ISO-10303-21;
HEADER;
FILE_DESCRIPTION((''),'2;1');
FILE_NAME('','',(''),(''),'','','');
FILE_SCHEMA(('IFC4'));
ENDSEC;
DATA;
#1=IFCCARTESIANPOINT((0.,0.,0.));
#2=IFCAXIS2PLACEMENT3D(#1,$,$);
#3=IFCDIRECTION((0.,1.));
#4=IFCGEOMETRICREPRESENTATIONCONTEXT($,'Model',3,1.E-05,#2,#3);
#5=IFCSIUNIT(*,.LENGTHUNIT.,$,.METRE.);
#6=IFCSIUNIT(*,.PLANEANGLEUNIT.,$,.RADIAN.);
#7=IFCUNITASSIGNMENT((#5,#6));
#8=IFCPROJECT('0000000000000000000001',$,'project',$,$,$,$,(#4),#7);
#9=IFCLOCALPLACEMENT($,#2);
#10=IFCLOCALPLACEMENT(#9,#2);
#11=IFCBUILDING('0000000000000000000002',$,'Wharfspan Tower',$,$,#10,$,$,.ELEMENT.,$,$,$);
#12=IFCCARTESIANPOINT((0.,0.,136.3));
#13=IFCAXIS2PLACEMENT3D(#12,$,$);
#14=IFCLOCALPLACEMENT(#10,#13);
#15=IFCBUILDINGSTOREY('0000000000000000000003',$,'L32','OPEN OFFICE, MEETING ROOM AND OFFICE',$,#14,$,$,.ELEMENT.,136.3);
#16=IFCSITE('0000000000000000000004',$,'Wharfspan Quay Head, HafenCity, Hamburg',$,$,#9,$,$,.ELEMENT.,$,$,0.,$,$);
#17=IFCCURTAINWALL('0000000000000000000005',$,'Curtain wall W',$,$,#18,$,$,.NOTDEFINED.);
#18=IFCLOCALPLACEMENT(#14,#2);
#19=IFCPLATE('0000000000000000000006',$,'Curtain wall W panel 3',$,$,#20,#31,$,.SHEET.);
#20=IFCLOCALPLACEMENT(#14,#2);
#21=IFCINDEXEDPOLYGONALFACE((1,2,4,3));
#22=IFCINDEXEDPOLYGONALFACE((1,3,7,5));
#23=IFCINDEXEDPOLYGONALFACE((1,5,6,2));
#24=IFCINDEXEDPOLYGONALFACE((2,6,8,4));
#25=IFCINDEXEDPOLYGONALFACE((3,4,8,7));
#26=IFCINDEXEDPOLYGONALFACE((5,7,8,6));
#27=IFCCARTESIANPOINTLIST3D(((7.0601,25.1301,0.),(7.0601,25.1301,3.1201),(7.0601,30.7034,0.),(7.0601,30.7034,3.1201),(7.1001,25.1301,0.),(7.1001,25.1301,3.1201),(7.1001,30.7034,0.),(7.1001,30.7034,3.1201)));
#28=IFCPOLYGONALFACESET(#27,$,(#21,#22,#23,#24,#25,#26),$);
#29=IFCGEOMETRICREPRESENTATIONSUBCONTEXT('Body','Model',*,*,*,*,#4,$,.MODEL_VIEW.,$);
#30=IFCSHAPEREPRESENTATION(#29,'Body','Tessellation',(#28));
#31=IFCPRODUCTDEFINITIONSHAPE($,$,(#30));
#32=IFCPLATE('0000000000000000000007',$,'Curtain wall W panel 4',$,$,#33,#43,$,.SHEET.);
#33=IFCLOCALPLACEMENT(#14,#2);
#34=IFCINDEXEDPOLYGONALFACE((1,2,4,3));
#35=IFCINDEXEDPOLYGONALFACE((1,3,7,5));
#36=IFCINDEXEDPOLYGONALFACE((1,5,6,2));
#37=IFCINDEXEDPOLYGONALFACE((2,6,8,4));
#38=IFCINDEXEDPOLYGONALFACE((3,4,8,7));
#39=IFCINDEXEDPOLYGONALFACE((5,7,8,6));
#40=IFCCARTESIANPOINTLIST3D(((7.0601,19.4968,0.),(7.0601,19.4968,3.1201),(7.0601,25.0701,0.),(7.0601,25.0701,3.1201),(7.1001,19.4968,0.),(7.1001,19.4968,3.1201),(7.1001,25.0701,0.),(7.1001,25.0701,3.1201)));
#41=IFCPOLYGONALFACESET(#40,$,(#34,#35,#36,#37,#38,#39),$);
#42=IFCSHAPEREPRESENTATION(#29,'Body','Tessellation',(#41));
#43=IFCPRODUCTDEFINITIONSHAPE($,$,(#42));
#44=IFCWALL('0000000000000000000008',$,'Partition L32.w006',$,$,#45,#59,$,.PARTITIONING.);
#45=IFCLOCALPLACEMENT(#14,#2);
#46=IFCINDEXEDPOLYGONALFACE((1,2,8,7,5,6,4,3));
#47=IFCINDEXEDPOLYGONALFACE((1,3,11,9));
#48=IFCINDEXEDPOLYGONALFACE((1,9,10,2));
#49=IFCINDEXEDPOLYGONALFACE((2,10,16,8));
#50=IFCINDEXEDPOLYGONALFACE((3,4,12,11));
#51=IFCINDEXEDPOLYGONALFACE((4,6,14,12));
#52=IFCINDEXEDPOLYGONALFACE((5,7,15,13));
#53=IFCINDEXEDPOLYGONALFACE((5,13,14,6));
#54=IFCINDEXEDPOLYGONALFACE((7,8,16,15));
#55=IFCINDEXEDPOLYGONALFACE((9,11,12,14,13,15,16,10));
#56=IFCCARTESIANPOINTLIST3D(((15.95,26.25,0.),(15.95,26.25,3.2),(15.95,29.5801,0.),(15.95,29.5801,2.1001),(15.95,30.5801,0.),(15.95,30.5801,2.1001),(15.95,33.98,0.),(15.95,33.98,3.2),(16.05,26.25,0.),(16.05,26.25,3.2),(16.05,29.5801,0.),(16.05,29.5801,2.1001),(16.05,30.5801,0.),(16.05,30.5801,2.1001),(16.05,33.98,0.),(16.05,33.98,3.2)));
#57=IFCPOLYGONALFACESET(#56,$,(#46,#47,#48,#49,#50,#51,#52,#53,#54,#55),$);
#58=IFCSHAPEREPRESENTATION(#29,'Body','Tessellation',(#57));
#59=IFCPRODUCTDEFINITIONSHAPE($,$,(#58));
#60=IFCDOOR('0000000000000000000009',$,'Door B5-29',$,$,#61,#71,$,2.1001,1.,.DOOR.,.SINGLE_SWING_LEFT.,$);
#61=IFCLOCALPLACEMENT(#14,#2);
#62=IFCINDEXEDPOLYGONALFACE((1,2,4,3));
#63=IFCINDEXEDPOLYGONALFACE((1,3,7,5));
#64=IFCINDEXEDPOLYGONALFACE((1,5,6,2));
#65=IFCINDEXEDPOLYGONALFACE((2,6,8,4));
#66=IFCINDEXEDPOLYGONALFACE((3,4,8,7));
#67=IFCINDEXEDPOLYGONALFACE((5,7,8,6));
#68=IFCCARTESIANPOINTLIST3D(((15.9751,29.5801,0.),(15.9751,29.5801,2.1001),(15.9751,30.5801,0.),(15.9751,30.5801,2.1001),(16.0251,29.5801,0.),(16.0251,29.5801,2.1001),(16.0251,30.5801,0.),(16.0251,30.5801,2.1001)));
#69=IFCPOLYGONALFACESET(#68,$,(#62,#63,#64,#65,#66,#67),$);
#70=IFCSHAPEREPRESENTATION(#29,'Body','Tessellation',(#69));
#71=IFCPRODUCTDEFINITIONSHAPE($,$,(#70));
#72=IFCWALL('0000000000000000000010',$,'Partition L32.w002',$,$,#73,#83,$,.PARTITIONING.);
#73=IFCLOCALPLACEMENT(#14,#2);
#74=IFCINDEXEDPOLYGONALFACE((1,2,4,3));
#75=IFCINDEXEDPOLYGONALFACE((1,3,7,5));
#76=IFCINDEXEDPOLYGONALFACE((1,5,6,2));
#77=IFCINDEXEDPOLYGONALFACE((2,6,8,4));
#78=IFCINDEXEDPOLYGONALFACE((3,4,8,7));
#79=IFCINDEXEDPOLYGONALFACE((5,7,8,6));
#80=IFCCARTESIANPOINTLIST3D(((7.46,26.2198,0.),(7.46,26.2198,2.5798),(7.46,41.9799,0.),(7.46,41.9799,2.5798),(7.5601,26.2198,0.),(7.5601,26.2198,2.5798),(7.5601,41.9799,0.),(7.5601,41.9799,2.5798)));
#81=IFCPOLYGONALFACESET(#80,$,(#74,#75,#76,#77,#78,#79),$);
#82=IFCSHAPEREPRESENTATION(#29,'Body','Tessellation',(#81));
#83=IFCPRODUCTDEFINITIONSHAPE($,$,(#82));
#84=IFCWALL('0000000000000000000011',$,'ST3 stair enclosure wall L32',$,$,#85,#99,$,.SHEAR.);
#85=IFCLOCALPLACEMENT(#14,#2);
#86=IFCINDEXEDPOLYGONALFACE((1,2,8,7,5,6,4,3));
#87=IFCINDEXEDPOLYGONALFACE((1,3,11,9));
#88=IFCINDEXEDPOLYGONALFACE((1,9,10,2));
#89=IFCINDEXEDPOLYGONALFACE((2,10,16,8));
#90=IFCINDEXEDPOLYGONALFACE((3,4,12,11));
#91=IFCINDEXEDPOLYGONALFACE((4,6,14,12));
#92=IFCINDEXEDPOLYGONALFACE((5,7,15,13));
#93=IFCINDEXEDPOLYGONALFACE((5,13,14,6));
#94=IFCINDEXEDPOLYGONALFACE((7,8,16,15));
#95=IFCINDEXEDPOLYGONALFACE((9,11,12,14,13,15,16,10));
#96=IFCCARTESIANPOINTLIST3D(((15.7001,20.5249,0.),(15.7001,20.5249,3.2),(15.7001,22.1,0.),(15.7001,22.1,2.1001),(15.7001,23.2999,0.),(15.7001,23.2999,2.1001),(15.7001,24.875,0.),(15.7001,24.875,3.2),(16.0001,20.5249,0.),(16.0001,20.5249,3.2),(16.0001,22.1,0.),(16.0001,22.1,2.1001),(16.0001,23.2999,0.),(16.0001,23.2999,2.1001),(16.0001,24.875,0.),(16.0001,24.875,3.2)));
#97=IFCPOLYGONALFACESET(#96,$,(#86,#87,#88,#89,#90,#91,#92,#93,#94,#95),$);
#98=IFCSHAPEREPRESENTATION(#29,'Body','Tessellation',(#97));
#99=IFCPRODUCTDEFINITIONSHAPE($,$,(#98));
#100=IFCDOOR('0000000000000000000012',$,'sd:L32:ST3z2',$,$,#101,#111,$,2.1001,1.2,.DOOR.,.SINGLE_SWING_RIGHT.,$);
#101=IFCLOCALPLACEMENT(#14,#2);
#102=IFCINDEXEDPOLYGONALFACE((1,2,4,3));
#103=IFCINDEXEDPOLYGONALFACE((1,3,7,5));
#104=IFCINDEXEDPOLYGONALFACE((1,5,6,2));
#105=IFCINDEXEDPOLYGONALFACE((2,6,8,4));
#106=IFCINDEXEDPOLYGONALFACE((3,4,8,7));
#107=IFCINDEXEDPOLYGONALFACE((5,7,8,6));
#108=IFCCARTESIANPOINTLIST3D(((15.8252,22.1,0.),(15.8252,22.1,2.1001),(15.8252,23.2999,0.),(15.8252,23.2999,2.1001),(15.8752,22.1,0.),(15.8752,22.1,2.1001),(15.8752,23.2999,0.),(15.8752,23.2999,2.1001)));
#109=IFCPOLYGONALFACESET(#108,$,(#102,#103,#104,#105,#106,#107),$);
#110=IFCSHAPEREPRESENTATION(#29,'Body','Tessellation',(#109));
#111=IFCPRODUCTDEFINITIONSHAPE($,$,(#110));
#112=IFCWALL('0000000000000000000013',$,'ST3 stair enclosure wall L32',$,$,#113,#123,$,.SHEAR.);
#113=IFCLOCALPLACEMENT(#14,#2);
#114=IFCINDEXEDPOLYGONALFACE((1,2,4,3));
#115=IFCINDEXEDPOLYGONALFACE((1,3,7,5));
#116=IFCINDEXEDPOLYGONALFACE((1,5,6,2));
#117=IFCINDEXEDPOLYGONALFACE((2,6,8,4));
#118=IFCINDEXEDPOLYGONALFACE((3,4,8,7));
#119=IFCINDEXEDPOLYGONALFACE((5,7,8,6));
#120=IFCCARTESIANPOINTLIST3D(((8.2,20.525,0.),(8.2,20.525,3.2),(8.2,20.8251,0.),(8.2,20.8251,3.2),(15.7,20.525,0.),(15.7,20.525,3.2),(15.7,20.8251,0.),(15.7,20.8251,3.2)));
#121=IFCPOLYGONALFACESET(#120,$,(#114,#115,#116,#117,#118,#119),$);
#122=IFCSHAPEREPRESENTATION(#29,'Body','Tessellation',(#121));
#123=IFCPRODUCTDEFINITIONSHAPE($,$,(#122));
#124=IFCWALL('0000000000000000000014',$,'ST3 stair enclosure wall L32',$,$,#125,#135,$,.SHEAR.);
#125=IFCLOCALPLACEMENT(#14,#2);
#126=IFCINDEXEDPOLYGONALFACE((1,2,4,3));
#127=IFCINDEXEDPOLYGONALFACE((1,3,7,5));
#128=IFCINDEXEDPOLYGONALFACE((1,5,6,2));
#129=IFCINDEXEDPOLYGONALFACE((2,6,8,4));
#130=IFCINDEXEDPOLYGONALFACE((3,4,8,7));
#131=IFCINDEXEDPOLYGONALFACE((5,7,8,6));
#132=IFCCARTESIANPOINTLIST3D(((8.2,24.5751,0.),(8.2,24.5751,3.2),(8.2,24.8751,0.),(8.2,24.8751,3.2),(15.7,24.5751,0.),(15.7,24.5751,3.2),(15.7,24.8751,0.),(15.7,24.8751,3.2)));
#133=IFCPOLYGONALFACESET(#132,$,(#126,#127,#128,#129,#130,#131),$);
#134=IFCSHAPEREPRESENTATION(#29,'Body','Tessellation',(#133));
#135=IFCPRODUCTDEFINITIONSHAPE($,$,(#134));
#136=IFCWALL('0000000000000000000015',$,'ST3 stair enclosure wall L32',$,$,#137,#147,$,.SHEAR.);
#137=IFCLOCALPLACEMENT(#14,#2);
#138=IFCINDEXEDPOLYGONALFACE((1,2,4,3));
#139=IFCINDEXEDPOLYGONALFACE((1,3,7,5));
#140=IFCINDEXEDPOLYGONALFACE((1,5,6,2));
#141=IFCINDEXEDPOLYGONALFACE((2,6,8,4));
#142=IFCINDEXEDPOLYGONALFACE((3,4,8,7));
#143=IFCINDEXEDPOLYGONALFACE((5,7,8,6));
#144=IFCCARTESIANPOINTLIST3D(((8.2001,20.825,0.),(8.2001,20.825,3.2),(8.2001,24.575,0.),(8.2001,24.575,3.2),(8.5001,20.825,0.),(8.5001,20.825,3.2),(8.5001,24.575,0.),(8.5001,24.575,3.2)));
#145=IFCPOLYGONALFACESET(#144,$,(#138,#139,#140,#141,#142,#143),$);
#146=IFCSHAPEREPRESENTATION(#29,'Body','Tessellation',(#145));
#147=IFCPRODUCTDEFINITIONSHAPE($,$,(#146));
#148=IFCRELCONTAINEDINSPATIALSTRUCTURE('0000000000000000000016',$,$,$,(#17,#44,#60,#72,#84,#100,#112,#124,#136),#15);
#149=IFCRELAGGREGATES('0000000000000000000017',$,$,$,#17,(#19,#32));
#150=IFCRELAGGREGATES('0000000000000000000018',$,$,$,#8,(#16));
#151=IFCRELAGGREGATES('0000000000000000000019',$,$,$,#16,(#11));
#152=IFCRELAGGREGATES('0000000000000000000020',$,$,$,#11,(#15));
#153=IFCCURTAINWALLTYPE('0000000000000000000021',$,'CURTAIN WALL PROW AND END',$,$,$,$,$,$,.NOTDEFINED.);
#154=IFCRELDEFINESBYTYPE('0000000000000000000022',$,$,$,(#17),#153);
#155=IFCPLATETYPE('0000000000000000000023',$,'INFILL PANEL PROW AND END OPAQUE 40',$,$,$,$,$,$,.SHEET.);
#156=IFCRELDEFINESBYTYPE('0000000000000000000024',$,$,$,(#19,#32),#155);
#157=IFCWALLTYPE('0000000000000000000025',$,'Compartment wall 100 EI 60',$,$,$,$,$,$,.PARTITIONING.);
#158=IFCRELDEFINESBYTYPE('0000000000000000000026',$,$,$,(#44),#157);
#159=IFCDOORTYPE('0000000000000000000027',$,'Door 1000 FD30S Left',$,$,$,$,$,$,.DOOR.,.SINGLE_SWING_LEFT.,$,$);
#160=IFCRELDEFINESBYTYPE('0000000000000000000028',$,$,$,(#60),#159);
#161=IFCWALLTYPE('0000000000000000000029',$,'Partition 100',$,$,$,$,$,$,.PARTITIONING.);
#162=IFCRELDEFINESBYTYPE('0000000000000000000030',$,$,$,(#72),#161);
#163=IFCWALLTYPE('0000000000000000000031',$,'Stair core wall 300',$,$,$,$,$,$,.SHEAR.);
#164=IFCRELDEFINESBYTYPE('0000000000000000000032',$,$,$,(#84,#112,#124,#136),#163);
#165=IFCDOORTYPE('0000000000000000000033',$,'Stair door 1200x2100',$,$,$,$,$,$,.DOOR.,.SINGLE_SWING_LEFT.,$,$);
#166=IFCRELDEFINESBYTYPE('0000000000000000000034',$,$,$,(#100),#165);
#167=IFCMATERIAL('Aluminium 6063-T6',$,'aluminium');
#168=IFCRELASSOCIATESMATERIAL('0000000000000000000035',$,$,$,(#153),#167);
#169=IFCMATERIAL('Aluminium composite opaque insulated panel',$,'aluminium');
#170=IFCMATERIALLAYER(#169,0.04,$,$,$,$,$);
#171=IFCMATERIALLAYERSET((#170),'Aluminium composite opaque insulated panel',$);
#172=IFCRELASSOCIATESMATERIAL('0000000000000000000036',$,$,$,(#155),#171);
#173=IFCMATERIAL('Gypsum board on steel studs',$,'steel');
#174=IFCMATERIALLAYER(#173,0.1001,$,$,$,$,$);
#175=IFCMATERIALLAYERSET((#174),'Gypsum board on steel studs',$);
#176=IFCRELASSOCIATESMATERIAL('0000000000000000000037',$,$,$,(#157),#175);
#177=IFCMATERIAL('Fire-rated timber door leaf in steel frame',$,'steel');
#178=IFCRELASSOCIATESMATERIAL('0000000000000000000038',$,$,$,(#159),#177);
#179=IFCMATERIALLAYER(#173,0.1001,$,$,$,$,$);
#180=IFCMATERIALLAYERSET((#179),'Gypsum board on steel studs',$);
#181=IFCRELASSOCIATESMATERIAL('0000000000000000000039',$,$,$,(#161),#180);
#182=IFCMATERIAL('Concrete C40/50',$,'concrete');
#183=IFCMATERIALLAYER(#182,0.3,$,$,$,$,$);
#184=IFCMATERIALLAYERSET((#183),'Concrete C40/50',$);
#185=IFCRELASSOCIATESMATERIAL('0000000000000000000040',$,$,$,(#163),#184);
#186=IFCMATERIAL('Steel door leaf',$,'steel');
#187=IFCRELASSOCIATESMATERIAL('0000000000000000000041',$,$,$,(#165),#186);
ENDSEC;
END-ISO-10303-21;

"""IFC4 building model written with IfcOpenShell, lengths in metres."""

from ifc_helpers import new_model, si_unit, direction, frame, frame_2d, origin, origin_2d, place, context, subcontext, project, spatial, rectangle, extrude, material, layer, layer_set, type_object, element, fill, aggregate, save


model = new_model("IFC4")

# Units and contexts
model_context = context("Model", 3, precision=1e-05, world=origin(), true_north=direction((0.0, 1.0)))
body_context = subcontext(model_context, "Body", "Model", "MODEL_VIEW")
ifc_project = project(units=[si_unit("LENGTHUNIT", "METRE"), si_unit("PLANEANGLEUNIT", "RADIAN")], contexts=[model_context])

# Site, building, storey
site_placement = place(None, origin())
site = spatial("IfcSite", under=ifc_project, at=site_placement, Name="Wharfspan Quay Head, HafenCity, Hamburg", CompositionType="ELEMENT", RefElevation=0.0)
building_placement = place(site_placement, origin())
building = spatial("IfcBuilding", under=site, at=building_placement, Name="Wharfspan Tower", CompositionType="ELEMENT")
storey_placement = place(building_placement, frame((0.0, 0.0, 136.3)))
storey = spatial("IfcBuildingStorey", under=building, at=storey_placement, Name="L32", Description="OPEN OFFICE, MEETING ROOM AND OFFICE", CompositionType="ELEMENT", Elevation=136.3)

# Curtain wall
ifc_material_1 = material(Name="Aluminium 6063-T6", Category="aluminium")
curtain_wall_type = type_object("IfcCurtainWallType", Name="CURTAIN WALL PROW AND END", PredefinedType="NOTDEFINED", material=ifc_material_1)
curtain_wall_placement = place(storey_placement, origin())
curtain_wall = element("IfcCurtainWall", 1, at=curtain_wall_placement, inside=storey, type_object=curtain_wall_type, Name="Curtain wall W", PredefinedType="NOTDEFINED")

# Plates
ifc_material_2 = material(Name="Aluminium composite opaque insulated panel", Category="aluminium")
ifc_layer_1 = layer(ifc_material_2, 0.04)
ifc_layer_set_1 = layer_set([ifc_layer_1], Name="Aluminium composite opaque insulated panel")
plate_type = type_object("IfcPlateType", Name="INFILL PANEL PROW AND END OPAQUE 40", PredefinedType="SHEET", material=ifc_layer_set_1)
plate_1_placement = place(storey_placement, frame((7.0801, 27.9167, 0.0), z_axis=(0.0, 0.0, 1.0), x_axis=(0.0, -1.0, 0.0)))
plate_1 = element("IfcPlate", 2, at=plate_1_placement, type_object=plate_type, Name="Curtain wall W panel 3", PredefinedType="SHEET", context=body_context, shape_type="SweptSolid", body=[
    extrude(rectangle(XDim=5.5732, YDim=0.04, at=origin_2d()), origin(), (0.0, 0.0, 1.0), 3.1201),
])
plate_2_placement = place(storey_placement, frame((7.0801, 22.2834, 0.0), z_axis=(0.0, 0.0, 1.0), x_axis=(0.0, -1.0, 0.0)))
plate_2 = element("IfcPlate", 3, at=plate_2_placement, type_object=plate_type, Name="Curtain wall W panel 4", PredefinedType="SHEET", context=body_context, shape_type="SweptSolid", body=[
    extrude(rectangle(XDim=5.5732, YDim=0.04, at=origin_2d()), origin(), (0.0, 0.0, 1.0), 3.1201),
])
aggregate(curtain_wall, [plate_1, plate_2])

# Wall, opening, door
ifc_material_3 = material(Name="Gypsum board on steel studs", Category="steel")
ifc_layer_2 = layer(ifc_material_3, 0.1001)
ifc_layer_set_2 = layer_set([ifc_layer_2], Name="Gypsum board on steel studs")
wall_type_1 = type_object("IfcWallType", Name="Compartment wall 100 EI 60", PredefinedType="PARTITIONING", material=ifc_layer_set_2)
wall_1_placement = place(storey_placement, frame((16.0, 26.25, 0.0), z_axis=(0.0, 0.0, 1.0), x_axis=(0.0, 1.0, 0.0)))
wall_1 = element("IfcWall", 4, at=wall_1_placement, inside=storey, type_object=wall_type_1, Name="Partition L32.w006", PredefinedType="PARTITIONING", context=body_context, shape_type="SweptSolid", body=[
    extrude(rectangle(XDim=7.73, YDim=0.1001, at=frame_2d((3.865, 0.0))), origin(), (0.0, 0.0, 1.0), 3.2),
])
opening_1_placement = place(wall_1_placement, frame((3.3301, 0.0, 0.0)))
opening_1 = element("IfcOpeningElement", 5, at=opening_1_placement, cuts=wall_1, PredefinedType="OPENING", context=body_context, shape_type="SweptSolid", body=[
    extrude(rectangle(XDim=1.0, YDim=2.1001, at=frame_2d((0.5, 1.05))), frame((0.0, 0.0601, 0.0), z_axis=(0.0, -1.0, 0.0), x_axis=(1.0, 0.0, 0.0)), (0.0, 0.0, 1.0), 0.1201),
])
ifc_material_4 = material(Name="Fire-rated timber door leaf in steel frame", Category="steel")
door_type_1 = type_object("IfcDoorType", Name="Door 1000 FD30S Left", OperationType="SINGLE_SWING_LEFT", PredefinedType="DOOR", material=ifc_material_4)
door_1_placement = place(opening_1_placement, origin())
door_1 = element("IfcDoor", 6, at=door_1_placement, inside=storey, type_object=door_type_1, Name="Door B5-29", OperationType="SINGLE_SWING_LEFT", OverallHeight=2.1001, OverallWidth=1.0, PredefinedType="DOOR", context=body_context, shape_type="SweptSolid", body=[
    extrude(rectangle(XDim=1.0, YDim=2.1001, at=frame_2d((0.5, 1.05))), frame((0.0, 0.0249, 0.0), z_axis=(0.0, -1.0, 0.0), x_axis=(1.0, 0.0, 0.0)), (0.0, 0.0, 1.0), 0.05),
])
fill(opening_1, door_1)

# Wall
ifc_layer_3 = layer(ifc_material_3, 0.1001)
ifc_layer_set_3 = layer_set([ifc_layer_3], Name="Gypsum board on steel studs")
wall_type_2 = type_object("IfcWallType", Name="Partition 100", PredefinedType="PARTITIONING", material=ifc_layer_set_3)
wall_2_placement = place(storey_placement, frame((7.51, 26.22, 0.0), z_axis=(0.0, 0.0, 1.0), x_axis=(0.0, 1.0, 0.0)))
element("IfcWall", 7, at=wall_2_placement, inside=storey, type_object=wall_type_2, Name="Partition L32.w002", PredefinedType="PARTITIONING", context=body_context, shape_type="SweptSolid", body=[
    extrude(rectangle(XDim=15.76, YDim=0.1001, at=frame_2d((7.8799, 0.0))), origin(), (0.0, 0.0, 1.0), 2.5798),
])

# Wall, opening, door
ifc_material_5 = material(Name="Concrete C40/50", Category="concrete")
ifc_layer_4 = layer(ifc_material_5, 0.3)
ifc_layer_set_4 = layer_set([ifc_layer_4], Name="Concrete C40/50")
wall_type_3 = type_object("IfcWallType", Name="Stair core wall 300", PredefinedType="SHEAR", material=ifc_layer_set_4)
wall_3_placement = place(storey_placement, frame((15.8501, 20.5249, 0.0), z_axis=(0.0, 0.0, 1.0), x_axis=(0.0, 1.0, 0.0)))
wall_3 = element("IfcWall", 8, at=wall_3_placement, inside=storey, type_object=wall_type_3, Name="ST3 stair enclosure wall L32", PredefinedType="SHEAR", context=body_context, shape_type="SweptSolid", body=[
    extrude(rectangle(XDim=4.3501, YDim=0.3, at=frame_2d((2.175, 0.0))), origin(), (0.0, 0.0, 1.0), 3.2),
])
opening_2_placement = place(wall_3_placement, frame((1.575, 0.0, 0.0)))
opening_2 = element("IfcOpeningElement", 9, at=opening_2_placement, cuts=wall_3, PredefinedType="OPENING", context=body_context, shape_type="SweptSolid", body=[
    extrude(rectangle(XDim=1.2, YDim=2.1001, at=frame_2d((0.6001, 1.05))), frame((0.0, 0.1599, 0.0), z_axis=(0.0, -1.0, 0.0), x_axis=(1.0, 0.0, 0.0)), (0.0, 0.0, 1.0), 0.3201),
])
ifc_material_6 = material(Name="Steel door leaf", Category="steel")
door_type_2 = type_object("IfcDoorType", Name="Stair door 1200x2100", OperationType="SINGLE_SWING_LEFT", PredefinedType="DOOR", material=ifc_material_6)
door_2_placement = place(opening_2_placement, origin())
door_2 = element("IfcDoor", 10, at=door_2_placement, inside=storey, type_object=door_type_2, Name="sd:L32:ST3z2", OperationType="SINGLE_SWING_RIGHT", OverallHeight=2.1001, OverallWidth=1.2, PredefinedType="DOOR", context=body_context, shape_type="SweptSolid", body=[
    extrude(rectangle(XDim=1.2, YDim=2.1001, at=frame_2d((0.6001, 1.05))), frame((0.0, 0.0249, 0.0), z_axis=(0.0, -1.0, 0.0), x_axis=(1.0, 0.0, 0.0)), (0.0, 0.0, 1.0), 0.05),
])
fill(opening_2, door_2)

# Walls
for number, where, z_axis, x_axis, name in (
    (11, (8.2, 20.675, 0.0), (0.0, 0.0, 1.0), (1.0, 0.0, 0.0), "ST3 stair enclosure wall L32"),
    (12, (8.2, 24.7251, 0.0), (0.0, 0.0, 1.0), (1.0, 0.0, 0.0), "ST3 stair enclosure wall L32"),
):
    element("IfcWall", number, at=place(storey_placement, frame(where, z_axis=z_axis, x_axis=x_axis)), inside=storey, type_object=wall_type_3, Name=name, PredefinedType="SHEAR", context=body_context, shape_type="SweptSolid", body=[
        extrude(rectangle(XDim=7.5, YDim=0.3, at=frame_2d((3.75, 0.0))), origin(), (0.0, 0.0, 1.0), 3.2),
    ])
wall_4_placement = place(storey_placement, frame((8.3501, 20.825, 0.0), z_axis=(0.0, 0.0, 1.0), x_axis=(0.0, 1.0, 0.0)))
element("IfcWall", 13, at=wall_4_placement, inside=storey, type_object=wall_type_3, Name="ST3 stair enclosure wall L32", PredefinedType="SHEAR", context=body_context, shape_type="SweptSolid", body=[
    extrude(rectangle(XDim=3.75, YDim=0.3, at=frame_2d((1.875, 0.0))), origin(), (0.0, 0.0, 1.0), 3.2),
])

save(model, "model.ifc")
